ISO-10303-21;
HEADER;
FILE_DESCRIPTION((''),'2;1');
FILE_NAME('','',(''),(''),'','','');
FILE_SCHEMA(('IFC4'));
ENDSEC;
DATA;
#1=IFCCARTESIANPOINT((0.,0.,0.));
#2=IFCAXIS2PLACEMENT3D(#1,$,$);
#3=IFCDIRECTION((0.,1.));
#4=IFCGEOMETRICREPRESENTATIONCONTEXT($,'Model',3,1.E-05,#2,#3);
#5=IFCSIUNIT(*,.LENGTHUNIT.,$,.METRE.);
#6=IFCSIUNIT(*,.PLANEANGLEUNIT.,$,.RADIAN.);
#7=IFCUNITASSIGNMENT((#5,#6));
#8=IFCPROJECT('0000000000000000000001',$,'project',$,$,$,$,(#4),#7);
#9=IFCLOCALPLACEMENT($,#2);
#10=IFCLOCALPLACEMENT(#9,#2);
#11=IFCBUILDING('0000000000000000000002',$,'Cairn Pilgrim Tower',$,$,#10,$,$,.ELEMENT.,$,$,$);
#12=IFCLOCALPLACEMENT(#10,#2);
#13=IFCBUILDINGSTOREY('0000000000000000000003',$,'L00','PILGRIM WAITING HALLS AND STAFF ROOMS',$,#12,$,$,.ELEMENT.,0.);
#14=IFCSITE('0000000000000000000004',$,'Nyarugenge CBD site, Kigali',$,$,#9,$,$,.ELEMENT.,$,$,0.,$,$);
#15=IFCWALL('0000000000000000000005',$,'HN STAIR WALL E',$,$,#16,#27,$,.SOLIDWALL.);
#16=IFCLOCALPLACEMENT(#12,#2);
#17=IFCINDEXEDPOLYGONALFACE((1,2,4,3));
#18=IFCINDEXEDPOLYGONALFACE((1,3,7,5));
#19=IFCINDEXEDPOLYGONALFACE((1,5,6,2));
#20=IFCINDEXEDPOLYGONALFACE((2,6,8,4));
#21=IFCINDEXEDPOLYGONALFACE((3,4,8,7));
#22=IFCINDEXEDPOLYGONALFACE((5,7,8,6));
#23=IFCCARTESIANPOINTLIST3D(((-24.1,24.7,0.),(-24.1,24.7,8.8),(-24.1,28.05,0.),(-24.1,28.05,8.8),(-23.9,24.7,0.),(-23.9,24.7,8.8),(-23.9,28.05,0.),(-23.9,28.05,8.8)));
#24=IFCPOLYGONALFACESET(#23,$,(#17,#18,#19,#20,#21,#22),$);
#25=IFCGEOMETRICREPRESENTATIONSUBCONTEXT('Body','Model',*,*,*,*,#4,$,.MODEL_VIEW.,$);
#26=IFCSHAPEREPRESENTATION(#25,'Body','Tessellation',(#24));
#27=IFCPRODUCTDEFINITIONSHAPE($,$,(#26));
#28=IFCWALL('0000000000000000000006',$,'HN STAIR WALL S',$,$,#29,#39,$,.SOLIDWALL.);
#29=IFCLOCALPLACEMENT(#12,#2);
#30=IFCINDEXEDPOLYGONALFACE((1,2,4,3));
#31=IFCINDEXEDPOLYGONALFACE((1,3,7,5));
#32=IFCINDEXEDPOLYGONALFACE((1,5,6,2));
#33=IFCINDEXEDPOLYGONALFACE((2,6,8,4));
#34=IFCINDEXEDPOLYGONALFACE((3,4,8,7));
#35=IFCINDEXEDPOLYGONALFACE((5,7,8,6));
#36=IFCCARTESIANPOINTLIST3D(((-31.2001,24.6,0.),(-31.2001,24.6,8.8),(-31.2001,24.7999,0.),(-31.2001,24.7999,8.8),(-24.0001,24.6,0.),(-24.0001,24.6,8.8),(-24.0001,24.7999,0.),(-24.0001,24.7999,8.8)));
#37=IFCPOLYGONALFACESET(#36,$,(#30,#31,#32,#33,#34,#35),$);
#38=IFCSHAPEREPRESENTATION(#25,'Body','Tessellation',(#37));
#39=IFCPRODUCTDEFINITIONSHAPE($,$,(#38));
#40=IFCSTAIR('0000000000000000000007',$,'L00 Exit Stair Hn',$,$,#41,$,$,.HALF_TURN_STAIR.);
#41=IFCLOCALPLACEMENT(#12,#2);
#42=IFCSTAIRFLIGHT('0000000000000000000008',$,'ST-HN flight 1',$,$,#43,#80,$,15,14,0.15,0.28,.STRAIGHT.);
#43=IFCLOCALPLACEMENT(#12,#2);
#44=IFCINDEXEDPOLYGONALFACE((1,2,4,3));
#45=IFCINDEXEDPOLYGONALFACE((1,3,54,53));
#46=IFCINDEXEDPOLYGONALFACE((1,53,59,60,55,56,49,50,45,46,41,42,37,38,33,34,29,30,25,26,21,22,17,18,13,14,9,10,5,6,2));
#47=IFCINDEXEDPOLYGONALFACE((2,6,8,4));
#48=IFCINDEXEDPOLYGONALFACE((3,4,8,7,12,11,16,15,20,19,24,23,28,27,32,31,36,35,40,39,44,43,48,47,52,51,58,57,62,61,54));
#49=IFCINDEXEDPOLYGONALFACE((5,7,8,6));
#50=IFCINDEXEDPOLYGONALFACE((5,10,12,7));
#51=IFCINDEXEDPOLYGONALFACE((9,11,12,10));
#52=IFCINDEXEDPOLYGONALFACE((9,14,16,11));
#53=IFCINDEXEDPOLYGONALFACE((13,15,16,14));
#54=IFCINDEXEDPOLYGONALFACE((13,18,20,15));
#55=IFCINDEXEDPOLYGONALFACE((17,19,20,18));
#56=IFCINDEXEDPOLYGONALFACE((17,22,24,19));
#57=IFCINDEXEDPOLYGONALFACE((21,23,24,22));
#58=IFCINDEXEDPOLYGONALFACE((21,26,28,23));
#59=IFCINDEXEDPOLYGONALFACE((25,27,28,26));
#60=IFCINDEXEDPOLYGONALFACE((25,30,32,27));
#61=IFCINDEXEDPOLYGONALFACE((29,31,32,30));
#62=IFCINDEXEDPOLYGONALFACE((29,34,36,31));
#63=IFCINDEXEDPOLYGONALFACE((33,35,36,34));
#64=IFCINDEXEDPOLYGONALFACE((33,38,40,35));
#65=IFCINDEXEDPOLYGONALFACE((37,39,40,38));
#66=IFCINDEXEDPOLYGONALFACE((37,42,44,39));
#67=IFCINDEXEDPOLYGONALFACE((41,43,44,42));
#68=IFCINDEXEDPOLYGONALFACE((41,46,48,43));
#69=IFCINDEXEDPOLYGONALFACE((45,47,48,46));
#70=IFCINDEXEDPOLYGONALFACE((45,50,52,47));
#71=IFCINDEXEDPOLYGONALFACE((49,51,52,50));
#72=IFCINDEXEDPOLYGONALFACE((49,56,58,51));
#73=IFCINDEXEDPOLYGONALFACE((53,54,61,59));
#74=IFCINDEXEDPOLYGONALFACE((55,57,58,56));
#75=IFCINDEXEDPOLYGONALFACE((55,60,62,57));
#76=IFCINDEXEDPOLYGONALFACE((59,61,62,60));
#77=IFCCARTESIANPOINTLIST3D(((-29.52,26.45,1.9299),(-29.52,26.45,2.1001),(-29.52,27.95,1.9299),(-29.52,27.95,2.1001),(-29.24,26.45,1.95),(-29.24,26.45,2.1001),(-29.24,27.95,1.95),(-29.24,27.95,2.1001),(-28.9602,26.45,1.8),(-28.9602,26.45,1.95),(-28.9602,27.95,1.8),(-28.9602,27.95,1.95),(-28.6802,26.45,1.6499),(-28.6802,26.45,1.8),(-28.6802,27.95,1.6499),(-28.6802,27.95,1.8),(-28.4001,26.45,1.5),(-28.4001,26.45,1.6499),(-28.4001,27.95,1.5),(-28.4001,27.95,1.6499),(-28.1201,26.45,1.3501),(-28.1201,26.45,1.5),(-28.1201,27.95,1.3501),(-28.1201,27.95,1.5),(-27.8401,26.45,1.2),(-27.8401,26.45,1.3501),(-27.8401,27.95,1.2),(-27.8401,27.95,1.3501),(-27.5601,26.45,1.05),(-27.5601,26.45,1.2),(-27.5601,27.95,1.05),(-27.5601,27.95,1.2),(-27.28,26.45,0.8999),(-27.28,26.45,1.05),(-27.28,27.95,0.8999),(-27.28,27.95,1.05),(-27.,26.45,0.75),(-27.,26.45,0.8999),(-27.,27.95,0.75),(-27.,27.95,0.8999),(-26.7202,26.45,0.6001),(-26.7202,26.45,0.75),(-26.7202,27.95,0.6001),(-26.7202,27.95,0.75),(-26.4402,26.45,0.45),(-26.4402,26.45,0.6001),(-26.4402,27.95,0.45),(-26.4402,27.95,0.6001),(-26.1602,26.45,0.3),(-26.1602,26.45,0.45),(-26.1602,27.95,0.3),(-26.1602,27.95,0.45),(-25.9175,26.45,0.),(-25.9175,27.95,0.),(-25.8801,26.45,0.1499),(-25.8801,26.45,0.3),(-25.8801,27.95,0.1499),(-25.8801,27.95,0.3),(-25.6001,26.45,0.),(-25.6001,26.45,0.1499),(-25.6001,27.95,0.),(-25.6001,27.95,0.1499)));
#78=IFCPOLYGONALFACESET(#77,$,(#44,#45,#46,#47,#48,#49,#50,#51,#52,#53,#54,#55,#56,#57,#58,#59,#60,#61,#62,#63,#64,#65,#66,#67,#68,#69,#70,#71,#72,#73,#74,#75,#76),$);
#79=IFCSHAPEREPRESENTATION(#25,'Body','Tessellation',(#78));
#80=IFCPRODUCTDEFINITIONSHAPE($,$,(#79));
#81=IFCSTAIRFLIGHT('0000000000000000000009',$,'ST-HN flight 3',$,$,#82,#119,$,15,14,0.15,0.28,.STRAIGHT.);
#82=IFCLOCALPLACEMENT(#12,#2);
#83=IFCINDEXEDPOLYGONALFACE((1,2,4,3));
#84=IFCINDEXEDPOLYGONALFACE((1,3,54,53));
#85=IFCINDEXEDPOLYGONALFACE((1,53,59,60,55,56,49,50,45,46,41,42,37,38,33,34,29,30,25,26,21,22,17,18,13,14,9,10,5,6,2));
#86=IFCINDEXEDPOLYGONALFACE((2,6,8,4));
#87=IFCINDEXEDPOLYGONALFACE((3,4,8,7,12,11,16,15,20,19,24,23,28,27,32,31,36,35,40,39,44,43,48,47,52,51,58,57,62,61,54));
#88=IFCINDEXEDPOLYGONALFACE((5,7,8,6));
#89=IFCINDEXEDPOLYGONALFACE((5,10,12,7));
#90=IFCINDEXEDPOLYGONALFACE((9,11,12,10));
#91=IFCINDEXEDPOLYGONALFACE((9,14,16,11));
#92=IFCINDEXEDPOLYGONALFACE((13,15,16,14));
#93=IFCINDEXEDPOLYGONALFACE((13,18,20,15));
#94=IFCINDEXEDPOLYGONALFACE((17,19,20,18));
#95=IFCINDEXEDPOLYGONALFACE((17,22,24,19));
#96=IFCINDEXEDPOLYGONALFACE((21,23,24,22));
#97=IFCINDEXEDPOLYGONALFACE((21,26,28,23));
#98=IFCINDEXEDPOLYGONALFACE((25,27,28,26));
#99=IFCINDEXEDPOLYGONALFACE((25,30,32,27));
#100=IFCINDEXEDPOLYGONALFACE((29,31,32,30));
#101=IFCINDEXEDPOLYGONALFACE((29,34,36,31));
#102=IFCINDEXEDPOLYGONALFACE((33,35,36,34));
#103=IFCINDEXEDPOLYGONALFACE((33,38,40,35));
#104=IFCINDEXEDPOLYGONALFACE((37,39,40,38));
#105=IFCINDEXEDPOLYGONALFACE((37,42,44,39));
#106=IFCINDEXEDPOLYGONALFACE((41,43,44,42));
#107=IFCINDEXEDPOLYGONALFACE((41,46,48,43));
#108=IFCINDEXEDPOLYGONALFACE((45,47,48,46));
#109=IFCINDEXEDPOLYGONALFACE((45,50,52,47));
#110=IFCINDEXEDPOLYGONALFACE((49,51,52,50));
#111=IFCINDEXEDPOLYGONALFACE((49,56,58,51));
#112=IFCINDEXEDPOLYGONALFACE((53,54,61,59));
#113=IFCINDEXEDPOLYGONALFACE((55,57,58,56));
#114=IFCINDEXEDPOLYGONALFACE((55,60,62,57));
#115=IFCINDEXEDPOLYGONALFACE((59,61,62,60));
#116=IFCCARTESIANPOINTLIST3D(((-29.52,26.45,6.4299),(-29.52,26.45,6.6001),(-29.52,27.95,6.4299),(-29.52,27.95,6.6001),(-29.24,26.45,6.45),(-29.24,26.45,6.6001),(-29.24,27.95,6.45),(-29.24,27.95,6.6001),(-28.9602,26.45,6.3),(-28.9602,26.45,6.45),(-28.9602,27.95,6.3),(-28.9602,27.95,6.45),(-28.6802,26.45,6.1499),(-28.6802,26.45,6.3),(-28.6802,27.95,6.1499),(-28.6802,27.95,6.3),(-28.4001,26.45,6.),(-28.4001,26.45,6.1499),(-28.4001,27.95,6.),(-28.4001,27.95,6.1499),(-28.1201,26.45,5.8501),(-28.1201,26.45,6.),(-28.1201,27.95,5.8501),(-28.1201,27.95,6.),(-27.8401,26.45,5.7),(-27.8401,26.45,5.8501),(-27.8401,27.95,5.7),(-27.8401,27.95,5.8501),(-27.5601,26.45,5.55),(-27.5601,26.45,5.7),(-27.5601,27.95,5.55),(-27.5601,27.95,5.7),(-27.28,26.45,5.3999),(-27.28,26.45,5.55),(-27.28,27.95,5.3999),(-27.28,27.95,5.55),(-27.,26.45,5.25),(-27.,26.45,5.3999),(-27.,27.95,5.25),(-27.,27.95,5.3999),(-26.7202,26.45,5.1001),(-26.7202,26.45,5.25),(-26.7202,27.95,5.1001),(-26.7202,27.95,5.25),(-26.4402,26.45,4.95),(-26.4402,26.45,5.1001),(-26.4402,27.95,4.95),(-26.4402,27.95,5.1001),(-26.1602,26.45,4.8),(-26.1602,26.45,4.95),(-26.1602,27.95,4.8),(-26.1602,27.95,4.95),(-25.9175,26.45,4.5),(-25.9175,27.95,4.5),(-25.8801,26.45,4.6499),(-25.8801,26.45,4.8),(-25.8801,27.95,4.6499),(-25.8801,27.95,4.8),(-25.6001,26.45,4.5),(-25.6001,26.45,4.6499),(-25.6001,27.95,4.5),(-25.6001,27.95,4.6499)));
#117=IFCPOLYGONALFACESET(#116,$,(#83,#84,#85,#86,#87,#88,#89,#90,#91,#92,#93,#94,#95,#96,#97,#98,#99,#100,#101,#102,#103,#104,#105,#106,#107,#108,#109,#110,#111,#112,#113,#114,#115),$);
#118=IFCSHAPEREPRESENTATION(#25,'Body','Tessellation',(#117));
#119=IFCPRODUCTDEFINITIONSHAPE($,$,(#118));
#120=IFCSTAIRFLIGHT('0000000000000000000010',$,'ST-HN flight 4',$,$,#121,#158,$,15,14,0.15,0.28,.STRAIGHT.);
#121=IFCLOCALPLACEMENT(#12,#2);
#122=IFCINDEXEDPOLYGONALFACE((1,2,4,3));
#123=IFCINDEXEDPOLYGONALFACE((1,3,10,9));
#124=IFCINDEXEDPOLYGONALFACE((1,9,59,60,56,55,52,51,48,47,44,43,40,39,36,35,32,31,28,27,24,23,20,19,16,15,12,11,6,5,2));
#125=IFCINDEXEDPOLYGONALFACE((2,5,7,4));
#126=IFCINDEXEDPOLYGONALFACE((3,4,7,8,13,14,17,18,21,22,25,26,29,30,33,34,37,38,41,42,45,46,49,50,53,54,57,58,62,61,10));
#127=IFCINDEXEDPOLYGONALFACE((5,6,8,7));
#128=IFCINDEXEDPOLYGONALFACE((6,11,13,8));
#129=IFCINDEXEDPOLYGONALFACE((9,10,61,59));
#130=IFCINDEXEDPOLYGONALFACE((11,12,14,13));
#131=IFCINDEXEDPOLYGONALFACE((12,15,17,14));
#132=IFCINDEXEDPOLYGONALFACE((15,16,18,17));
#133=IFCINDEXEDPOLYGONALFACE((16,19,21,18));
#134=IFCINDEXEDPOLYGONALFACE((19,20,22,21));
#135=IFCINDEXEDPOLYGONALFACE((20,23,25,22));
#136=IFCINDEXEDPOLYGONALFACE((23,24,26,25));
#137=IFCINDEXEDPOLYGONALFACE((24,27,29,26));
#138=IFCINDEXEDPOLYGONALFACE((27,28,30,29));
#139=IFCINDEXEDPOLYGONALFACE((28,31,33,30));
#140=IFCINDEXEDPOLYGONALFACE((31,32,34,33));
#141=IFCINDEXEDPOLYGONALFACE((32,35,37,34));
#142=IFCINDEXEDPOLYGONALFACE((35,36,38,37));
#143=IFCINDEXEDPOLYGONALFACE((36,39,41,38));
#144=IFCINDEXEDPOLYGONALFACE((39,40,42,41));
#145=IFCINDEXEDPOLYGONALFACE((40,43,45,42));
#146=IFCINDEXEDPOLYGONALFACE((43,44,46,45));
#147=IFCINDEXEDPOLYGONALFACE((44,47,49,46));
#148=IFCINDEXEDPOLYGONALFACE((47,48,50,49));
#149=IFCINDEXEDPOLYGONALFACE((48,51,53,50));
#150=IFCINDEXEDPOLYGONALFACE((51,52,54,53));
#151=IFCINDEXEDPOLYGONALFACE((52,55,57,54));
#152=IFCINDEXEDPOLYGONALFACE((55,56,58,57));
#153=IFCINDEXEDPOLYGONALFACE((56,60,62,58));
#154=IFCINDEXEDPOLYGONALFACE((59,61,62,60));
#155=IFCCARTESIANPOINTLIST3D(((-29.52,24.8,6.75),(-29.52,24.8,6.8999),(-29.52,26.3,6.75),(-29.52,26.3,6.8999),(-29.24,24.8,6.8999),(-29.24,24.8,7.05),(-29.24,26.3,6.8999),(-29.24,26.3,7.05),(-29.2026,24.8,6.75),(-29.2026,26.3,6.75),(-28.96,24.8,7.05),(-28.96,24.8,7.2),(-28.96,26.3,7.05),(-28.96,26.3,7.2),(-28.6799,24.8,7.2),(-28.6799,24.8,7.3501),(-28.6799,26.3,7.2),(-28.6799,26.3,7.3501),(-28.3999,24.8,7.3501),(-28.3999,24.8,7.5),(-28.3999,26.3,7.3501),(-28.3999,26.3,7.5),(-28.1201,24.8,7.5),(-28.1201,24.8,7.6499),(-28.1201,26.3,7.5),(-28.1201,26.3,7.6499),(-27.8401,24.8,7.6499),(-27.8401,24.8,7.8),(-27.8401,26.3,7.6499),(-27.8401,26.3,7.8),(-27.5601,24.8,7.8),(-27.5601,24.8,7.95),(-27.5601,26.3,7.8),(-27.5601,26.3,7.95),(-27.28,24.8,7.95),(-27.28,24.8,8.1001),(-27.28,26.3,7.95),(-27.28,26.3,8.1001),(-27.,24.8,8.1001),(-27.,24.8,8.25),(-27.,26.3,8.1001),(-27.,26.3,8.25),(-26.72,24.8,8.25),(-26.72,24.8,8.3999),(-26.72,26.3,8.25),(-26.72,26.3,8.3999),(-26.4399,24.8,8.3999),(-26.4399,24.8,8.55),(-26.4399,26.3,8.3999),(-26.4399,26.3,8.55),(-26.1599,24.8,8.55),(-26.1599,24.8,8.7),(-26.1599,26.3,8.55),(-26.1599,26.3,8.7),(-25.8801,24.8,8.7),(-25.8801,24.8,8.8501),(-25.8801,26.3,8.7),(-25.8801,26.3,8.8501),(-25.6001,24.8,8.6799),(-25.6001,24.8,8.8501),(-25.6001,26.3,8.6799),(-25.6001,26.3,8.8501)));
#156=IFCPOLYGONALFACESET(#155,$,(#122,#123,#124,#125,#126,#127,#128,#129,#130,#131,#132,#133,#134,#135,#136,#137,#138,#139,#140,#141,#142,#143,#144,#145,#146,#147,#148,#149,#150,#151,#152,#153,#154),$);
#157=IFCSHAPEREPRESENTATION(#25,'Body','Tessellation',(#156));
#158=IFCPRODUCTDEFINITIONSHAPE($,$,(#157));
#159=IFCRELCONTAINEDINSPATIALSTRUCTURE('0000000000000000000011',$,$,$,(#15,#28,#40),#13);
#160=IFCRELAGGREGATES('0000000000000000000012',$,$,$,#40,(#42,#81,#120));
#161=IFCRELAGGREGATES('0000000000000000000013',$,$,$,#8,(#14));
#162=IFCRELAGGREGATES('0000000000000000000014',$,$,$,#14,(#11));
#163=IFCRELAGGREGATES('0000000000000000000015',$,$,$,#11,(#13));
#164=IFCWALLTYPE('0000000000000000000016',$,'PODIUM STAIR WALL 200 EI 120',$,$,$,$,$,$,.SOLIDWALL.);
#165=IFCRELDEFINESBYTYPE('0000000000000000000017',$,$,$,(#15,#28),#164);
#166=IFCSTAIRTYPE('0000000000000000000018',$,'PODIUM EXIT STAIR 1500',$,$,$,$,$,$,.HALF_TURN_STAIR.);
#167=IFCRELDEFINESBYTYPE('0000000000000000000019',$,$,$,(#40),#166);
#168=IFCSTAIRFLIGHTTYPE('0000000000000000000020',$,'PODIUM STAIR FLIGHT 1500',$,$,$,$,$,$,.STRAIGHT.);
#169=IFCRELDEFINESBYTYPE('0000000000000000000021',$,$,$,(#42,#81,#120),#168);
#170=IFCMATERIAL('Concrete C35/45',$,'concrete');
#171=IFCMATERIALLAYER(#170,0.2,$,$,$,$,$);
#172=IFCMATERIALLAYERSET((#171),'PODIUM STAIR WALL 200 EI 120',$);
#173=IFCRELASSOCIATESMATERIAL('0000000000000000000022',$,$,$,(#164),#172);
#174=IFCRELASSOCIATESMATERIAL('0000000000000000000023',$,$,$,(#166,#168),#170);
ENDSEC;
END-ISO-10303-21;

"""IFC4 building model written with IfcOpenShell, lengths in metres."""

from ifc_helpers import new_model, si_unit, direction, frame, frame_2d, origin, place, context, subcontext, project, spatial, polyline, rectangle, outline, extrude, material, layer, layer_set, type_object, element, aggregate, save


model = new_model("IFC4")

# Units and contexts
model_context = context("Model", 3, precision=1e-05, world=origin(), true_north=direction((0.0, 1.0)))
body_context = subcontext(model_context, "Body", "Model", "MODEL_VIEW")
ifc_project = project(units=[si_unit("LENGTHUNIT", "METRE"), si_unit("PLANEANGLEUNIT", "RADIAN")], contexts=[model_context])

# Site, building, storey
site_placement = place(None, origin())
site = spatial("IfcSite", under=ifc_project, at=site_placement, Name="Nyarugenge CBD site, Kigali", CompositionType="ELEMENT", RefElevation=0.0)
building_placement = place(site_placement, origin())
building = spatial("IfcBuilding", under=site, at=building_placement, Name="Cairn Pilgrim Tower", CompositionType="ELEMENT")
storey_placement = place(building_placement, origin())
storey = spatial("IfcBuildingStorey", under=building, at=storey_placement, Name="L00", Description="PILGRIM WAITING HALLS AND STAFF ROOMS", CompositionType="ELEMENT", Elevation=0.0)

# Shared definitions
ifc_material_1 = material(Name="Concrete C35/45", Category="concrete")

# Walls
ifc_layer_1 = layer(ifc_material_1, 0.2)
ifc_layer_set_1 = layer_set([ifc_layer_1], Name="PODIUM STAIR WALL 200 EI 120")
wall_type_1 = type_object("IfcWallType", Name="PODIUM STAIR WALL 200 EI 120", PredefinedType="SOLIDWALL", material=ifc_layer_set_1)
wall_1_placement = place(storey_placement, frame((-24.0, 28.05, 0.0), z_axis=(0.0, 0.0, 1.0), x_axis=(0.0, -1.0, 0.0)))
element("IfcWall", 1, at=wall_1_placement, inside=storey, type_object=wall_type_1, Name="HN STAIR WALL E", PredefinedType="SOLIDWALL", context=body_context, shape_type="SweptSolid", body=[
    extrude(rectangle(XDim=3.3501, YDim=0.2, at=frame_2d((1.675, 0.0))), origin(), (0.0, 0.0, 1.0), 8.8),
])
wall_2_placement = place(storey_placement, frame((-24.0, 24.7, 0.0), z_axis=(0.0, 0.0, 1.0), x_axis=(-1.0, 0.0, 0.0)))
element("IfcWall", 2, at=wall_2_placement, inside=storey, type_object=wall_type_1, Name="HN STAIR WALL S", PredefinedType="SOLIDWALL", context=body_context, shape_type="SweptSolid", body=[
    extrude(rectangle(XDim=7.2, YDim=0.2, at=frame_2d((3.6001, 0.0))), origin(), (0.0, 0.0, 1.0), 8.8),
])

# Stair, stair flights
stair_type = type_object("IfcStairType", Name="PODIUM EXIT STAIR 1500", PredefinedType="HALF_TURN_STAIR", material=ifc_material_1)
stair_placement = place(storey_placement, origin())
stair = element("IfcStair", 3, at=stair_placement, inside=storey, type_object=stair_type, Name="L00 Exit Stair Hn", PredefinedType="HALF_TURN_STAIR")
stair_flight_type = type_object("IfcStairFlightType", Name="PODIUM STAIR FLIGHT 1500", PredefinedType="STRAIGHT", material=ifc_material_1)
stair_flight_1_placement = place(storey_placement, frame((-25.6001, 27.2, 0.0), z_axis=(0.0, 0.0, 1.0), x_axis=(-1.0, 0.0, 0.0)))
stair_flight_1 = element("IfcStairFlight", 4, at=stair_flight_1_placement, type_object=stair_flight_type, Name="ST-HN flight 1", NumberOfRisers=15, NumberOfTreads=14, PredefinedType="STRAIGHT", RiserHeight=0.15, TreadLength=0.28, context=body_context, shape_type="SweptSolid", body=[
    extrude(outline(polyline([(0.0, 0.0), (0.0, 0.1499), (0.28, 0.1499), (0.28, 0.3), (0.5601, 0.3), (0.5601, 0.45), (0.8401, 0.45), (0.8401, 0.6001), (1.1201, 0.6001), (1.1201, 0.75), (1.3999, 0.75), (1.3999, 0.8999), (1.6799, 0.8999), (1.6799, 1.05), (1.96, 1.05), (1.96, 1.2), (2.24, 1.2), (2.24, 1.3501), (2.52, 1.3501), (2.52, 1.5), (2.8, 1.5), (2.8, 1.6499), (3.0801, 1.6499), (3.0801, 1.8), (3.3601, 1.8), (3.3601, 1.95), (3.6399, 1.95), (3.6399, 2.1001), (3.9199, 2.1001), (3.9199, 2.25), (3.9199, 1.9299), (0.3174, 0.0), (0.0, 0.0)])), frame((0.0, 0.75, 0.0), z_axis=(0.0, -1.0, 0.0), x_axis=(1.0, 0.0, 0.0)), (0.0, 0.0, 1.0), 1.5),
])
stair_flight_2_placement = place(storey_placement, frame((-25.6001, 27.2, 4.5), z_axis=(0.0, 0.0, 1.0), x_axis=(-1.0, 0.0, 0.0)))
stair_flight_2 = element("IfcStairFlight", 5, at=stair_flight_2_placement, type_object=stair_flight_type, Name="ST-HN flight 3", NumberOfRisers=15, NumberOfTreads=14, PredefinedType="STRAIGHT", RiserHeight=0.15, TreadLength=0.28, context=body_context, shape_type="SweptSolid", body=[
    extrude(outline(polyline([(0.0, 0.0), (0.0, 0.1499), (0.28, 0.1499), (0.28, 0.3), (0.5601, 0.3), (0.5601, 0.45), (0.8401, 0.45), (0.8401, 0.6001), (1.1201, 0.6001), (1.1201, 0.75), (1.3999, 0.75), (1.3999, 0.8999), (1.6799, 0.8999), (1.6799, 1.05), (1.96, 1.05), (1.96, 1.2), (2.24, 1.2), (2.24, 1.3501), (2.52, 1.3501), (2.52, 1.5), (2.8, 1.5), (2.8, 1.6499), (3.0801, 1.6499), (3.0801, 1.8), (3.3601, 1.8), (3.3601, 1.95), (3.6399, 1.95), (3.6399, 2.1001), (3.9199, 2.1001), (3.9199, 2.25), (3.9199, 1.9299), (0.3174, 0.0), (0.0, 0.0)])), frame((0.0, 0.75, 0.0), z_axis=(0.0, -1.0, 0.0), x_axis=(1.0, 0.0, 0.0)), (0.0, 0.0, 1.0), 1.5),
])
stair_flight_3_placement = place(storey_placement, frame((-29.52, 25.55, 6.75), z_axis=(0.0, 0.0, 1.0), x_axis=(1.0, 0.0, 0.0)))
stair_flight_3 = element("IfcStairFlight", 6, at=stair_flight_3_placement, type_object=stair_flight_type, Name="ST-HN flight 4", NumberOfRisers=15, NumberOfTreads=14, PredefinedType="STRAIGHT", RiserHeight=0.15, TreadLength=0.28, context=body_context, shape_type="SweptSolid", body=[
    extrude(outline(polyline([(0.0, 0.0), (0.0, 0.1499), (0.28, 0.1499), (0.28, 0.3), (0.5601, 0.3), (0.5601, 0.45), (0.8401, 0.45), (0.8401, 0.6001), (1.1201, 0.6001), (1.1201, 0.75), (1.3999, 0.75), (1.3999, 0.8999), (1.6799, 0.8999), (1.6799, 1.05), (1.96, 1.05), (1.96, 1.2), (2.24, 1.2), (2.24, 1.3501), (2.52, 1.3501), (2.52, 1.5), (2.8, 1.5), (2.8, 1.6499), (3.0801, 1.6499), (3.0801, 1.8), (3.3601, 1.8), (3.3601, 1.95), (3.6399, 1.95), (3.6399, 2.1001), (3.9199, 2.1001), (3.9199, 2.25), (3.9199, 1.9299), (0.3174, 0.0), (0.0, 0.0)])), frame((0.0, 0.75, 0.0), z_axis=(0.0, -1.0, 0.0), x_axis=(1.0, 0.0, 0.0)), (0.0, 0.0, 1.0), 1.5),
])
aggregate(stair, [stair_flight_1, stair_flight_2, stair_flight_3])

save(model, "model.ifc")
